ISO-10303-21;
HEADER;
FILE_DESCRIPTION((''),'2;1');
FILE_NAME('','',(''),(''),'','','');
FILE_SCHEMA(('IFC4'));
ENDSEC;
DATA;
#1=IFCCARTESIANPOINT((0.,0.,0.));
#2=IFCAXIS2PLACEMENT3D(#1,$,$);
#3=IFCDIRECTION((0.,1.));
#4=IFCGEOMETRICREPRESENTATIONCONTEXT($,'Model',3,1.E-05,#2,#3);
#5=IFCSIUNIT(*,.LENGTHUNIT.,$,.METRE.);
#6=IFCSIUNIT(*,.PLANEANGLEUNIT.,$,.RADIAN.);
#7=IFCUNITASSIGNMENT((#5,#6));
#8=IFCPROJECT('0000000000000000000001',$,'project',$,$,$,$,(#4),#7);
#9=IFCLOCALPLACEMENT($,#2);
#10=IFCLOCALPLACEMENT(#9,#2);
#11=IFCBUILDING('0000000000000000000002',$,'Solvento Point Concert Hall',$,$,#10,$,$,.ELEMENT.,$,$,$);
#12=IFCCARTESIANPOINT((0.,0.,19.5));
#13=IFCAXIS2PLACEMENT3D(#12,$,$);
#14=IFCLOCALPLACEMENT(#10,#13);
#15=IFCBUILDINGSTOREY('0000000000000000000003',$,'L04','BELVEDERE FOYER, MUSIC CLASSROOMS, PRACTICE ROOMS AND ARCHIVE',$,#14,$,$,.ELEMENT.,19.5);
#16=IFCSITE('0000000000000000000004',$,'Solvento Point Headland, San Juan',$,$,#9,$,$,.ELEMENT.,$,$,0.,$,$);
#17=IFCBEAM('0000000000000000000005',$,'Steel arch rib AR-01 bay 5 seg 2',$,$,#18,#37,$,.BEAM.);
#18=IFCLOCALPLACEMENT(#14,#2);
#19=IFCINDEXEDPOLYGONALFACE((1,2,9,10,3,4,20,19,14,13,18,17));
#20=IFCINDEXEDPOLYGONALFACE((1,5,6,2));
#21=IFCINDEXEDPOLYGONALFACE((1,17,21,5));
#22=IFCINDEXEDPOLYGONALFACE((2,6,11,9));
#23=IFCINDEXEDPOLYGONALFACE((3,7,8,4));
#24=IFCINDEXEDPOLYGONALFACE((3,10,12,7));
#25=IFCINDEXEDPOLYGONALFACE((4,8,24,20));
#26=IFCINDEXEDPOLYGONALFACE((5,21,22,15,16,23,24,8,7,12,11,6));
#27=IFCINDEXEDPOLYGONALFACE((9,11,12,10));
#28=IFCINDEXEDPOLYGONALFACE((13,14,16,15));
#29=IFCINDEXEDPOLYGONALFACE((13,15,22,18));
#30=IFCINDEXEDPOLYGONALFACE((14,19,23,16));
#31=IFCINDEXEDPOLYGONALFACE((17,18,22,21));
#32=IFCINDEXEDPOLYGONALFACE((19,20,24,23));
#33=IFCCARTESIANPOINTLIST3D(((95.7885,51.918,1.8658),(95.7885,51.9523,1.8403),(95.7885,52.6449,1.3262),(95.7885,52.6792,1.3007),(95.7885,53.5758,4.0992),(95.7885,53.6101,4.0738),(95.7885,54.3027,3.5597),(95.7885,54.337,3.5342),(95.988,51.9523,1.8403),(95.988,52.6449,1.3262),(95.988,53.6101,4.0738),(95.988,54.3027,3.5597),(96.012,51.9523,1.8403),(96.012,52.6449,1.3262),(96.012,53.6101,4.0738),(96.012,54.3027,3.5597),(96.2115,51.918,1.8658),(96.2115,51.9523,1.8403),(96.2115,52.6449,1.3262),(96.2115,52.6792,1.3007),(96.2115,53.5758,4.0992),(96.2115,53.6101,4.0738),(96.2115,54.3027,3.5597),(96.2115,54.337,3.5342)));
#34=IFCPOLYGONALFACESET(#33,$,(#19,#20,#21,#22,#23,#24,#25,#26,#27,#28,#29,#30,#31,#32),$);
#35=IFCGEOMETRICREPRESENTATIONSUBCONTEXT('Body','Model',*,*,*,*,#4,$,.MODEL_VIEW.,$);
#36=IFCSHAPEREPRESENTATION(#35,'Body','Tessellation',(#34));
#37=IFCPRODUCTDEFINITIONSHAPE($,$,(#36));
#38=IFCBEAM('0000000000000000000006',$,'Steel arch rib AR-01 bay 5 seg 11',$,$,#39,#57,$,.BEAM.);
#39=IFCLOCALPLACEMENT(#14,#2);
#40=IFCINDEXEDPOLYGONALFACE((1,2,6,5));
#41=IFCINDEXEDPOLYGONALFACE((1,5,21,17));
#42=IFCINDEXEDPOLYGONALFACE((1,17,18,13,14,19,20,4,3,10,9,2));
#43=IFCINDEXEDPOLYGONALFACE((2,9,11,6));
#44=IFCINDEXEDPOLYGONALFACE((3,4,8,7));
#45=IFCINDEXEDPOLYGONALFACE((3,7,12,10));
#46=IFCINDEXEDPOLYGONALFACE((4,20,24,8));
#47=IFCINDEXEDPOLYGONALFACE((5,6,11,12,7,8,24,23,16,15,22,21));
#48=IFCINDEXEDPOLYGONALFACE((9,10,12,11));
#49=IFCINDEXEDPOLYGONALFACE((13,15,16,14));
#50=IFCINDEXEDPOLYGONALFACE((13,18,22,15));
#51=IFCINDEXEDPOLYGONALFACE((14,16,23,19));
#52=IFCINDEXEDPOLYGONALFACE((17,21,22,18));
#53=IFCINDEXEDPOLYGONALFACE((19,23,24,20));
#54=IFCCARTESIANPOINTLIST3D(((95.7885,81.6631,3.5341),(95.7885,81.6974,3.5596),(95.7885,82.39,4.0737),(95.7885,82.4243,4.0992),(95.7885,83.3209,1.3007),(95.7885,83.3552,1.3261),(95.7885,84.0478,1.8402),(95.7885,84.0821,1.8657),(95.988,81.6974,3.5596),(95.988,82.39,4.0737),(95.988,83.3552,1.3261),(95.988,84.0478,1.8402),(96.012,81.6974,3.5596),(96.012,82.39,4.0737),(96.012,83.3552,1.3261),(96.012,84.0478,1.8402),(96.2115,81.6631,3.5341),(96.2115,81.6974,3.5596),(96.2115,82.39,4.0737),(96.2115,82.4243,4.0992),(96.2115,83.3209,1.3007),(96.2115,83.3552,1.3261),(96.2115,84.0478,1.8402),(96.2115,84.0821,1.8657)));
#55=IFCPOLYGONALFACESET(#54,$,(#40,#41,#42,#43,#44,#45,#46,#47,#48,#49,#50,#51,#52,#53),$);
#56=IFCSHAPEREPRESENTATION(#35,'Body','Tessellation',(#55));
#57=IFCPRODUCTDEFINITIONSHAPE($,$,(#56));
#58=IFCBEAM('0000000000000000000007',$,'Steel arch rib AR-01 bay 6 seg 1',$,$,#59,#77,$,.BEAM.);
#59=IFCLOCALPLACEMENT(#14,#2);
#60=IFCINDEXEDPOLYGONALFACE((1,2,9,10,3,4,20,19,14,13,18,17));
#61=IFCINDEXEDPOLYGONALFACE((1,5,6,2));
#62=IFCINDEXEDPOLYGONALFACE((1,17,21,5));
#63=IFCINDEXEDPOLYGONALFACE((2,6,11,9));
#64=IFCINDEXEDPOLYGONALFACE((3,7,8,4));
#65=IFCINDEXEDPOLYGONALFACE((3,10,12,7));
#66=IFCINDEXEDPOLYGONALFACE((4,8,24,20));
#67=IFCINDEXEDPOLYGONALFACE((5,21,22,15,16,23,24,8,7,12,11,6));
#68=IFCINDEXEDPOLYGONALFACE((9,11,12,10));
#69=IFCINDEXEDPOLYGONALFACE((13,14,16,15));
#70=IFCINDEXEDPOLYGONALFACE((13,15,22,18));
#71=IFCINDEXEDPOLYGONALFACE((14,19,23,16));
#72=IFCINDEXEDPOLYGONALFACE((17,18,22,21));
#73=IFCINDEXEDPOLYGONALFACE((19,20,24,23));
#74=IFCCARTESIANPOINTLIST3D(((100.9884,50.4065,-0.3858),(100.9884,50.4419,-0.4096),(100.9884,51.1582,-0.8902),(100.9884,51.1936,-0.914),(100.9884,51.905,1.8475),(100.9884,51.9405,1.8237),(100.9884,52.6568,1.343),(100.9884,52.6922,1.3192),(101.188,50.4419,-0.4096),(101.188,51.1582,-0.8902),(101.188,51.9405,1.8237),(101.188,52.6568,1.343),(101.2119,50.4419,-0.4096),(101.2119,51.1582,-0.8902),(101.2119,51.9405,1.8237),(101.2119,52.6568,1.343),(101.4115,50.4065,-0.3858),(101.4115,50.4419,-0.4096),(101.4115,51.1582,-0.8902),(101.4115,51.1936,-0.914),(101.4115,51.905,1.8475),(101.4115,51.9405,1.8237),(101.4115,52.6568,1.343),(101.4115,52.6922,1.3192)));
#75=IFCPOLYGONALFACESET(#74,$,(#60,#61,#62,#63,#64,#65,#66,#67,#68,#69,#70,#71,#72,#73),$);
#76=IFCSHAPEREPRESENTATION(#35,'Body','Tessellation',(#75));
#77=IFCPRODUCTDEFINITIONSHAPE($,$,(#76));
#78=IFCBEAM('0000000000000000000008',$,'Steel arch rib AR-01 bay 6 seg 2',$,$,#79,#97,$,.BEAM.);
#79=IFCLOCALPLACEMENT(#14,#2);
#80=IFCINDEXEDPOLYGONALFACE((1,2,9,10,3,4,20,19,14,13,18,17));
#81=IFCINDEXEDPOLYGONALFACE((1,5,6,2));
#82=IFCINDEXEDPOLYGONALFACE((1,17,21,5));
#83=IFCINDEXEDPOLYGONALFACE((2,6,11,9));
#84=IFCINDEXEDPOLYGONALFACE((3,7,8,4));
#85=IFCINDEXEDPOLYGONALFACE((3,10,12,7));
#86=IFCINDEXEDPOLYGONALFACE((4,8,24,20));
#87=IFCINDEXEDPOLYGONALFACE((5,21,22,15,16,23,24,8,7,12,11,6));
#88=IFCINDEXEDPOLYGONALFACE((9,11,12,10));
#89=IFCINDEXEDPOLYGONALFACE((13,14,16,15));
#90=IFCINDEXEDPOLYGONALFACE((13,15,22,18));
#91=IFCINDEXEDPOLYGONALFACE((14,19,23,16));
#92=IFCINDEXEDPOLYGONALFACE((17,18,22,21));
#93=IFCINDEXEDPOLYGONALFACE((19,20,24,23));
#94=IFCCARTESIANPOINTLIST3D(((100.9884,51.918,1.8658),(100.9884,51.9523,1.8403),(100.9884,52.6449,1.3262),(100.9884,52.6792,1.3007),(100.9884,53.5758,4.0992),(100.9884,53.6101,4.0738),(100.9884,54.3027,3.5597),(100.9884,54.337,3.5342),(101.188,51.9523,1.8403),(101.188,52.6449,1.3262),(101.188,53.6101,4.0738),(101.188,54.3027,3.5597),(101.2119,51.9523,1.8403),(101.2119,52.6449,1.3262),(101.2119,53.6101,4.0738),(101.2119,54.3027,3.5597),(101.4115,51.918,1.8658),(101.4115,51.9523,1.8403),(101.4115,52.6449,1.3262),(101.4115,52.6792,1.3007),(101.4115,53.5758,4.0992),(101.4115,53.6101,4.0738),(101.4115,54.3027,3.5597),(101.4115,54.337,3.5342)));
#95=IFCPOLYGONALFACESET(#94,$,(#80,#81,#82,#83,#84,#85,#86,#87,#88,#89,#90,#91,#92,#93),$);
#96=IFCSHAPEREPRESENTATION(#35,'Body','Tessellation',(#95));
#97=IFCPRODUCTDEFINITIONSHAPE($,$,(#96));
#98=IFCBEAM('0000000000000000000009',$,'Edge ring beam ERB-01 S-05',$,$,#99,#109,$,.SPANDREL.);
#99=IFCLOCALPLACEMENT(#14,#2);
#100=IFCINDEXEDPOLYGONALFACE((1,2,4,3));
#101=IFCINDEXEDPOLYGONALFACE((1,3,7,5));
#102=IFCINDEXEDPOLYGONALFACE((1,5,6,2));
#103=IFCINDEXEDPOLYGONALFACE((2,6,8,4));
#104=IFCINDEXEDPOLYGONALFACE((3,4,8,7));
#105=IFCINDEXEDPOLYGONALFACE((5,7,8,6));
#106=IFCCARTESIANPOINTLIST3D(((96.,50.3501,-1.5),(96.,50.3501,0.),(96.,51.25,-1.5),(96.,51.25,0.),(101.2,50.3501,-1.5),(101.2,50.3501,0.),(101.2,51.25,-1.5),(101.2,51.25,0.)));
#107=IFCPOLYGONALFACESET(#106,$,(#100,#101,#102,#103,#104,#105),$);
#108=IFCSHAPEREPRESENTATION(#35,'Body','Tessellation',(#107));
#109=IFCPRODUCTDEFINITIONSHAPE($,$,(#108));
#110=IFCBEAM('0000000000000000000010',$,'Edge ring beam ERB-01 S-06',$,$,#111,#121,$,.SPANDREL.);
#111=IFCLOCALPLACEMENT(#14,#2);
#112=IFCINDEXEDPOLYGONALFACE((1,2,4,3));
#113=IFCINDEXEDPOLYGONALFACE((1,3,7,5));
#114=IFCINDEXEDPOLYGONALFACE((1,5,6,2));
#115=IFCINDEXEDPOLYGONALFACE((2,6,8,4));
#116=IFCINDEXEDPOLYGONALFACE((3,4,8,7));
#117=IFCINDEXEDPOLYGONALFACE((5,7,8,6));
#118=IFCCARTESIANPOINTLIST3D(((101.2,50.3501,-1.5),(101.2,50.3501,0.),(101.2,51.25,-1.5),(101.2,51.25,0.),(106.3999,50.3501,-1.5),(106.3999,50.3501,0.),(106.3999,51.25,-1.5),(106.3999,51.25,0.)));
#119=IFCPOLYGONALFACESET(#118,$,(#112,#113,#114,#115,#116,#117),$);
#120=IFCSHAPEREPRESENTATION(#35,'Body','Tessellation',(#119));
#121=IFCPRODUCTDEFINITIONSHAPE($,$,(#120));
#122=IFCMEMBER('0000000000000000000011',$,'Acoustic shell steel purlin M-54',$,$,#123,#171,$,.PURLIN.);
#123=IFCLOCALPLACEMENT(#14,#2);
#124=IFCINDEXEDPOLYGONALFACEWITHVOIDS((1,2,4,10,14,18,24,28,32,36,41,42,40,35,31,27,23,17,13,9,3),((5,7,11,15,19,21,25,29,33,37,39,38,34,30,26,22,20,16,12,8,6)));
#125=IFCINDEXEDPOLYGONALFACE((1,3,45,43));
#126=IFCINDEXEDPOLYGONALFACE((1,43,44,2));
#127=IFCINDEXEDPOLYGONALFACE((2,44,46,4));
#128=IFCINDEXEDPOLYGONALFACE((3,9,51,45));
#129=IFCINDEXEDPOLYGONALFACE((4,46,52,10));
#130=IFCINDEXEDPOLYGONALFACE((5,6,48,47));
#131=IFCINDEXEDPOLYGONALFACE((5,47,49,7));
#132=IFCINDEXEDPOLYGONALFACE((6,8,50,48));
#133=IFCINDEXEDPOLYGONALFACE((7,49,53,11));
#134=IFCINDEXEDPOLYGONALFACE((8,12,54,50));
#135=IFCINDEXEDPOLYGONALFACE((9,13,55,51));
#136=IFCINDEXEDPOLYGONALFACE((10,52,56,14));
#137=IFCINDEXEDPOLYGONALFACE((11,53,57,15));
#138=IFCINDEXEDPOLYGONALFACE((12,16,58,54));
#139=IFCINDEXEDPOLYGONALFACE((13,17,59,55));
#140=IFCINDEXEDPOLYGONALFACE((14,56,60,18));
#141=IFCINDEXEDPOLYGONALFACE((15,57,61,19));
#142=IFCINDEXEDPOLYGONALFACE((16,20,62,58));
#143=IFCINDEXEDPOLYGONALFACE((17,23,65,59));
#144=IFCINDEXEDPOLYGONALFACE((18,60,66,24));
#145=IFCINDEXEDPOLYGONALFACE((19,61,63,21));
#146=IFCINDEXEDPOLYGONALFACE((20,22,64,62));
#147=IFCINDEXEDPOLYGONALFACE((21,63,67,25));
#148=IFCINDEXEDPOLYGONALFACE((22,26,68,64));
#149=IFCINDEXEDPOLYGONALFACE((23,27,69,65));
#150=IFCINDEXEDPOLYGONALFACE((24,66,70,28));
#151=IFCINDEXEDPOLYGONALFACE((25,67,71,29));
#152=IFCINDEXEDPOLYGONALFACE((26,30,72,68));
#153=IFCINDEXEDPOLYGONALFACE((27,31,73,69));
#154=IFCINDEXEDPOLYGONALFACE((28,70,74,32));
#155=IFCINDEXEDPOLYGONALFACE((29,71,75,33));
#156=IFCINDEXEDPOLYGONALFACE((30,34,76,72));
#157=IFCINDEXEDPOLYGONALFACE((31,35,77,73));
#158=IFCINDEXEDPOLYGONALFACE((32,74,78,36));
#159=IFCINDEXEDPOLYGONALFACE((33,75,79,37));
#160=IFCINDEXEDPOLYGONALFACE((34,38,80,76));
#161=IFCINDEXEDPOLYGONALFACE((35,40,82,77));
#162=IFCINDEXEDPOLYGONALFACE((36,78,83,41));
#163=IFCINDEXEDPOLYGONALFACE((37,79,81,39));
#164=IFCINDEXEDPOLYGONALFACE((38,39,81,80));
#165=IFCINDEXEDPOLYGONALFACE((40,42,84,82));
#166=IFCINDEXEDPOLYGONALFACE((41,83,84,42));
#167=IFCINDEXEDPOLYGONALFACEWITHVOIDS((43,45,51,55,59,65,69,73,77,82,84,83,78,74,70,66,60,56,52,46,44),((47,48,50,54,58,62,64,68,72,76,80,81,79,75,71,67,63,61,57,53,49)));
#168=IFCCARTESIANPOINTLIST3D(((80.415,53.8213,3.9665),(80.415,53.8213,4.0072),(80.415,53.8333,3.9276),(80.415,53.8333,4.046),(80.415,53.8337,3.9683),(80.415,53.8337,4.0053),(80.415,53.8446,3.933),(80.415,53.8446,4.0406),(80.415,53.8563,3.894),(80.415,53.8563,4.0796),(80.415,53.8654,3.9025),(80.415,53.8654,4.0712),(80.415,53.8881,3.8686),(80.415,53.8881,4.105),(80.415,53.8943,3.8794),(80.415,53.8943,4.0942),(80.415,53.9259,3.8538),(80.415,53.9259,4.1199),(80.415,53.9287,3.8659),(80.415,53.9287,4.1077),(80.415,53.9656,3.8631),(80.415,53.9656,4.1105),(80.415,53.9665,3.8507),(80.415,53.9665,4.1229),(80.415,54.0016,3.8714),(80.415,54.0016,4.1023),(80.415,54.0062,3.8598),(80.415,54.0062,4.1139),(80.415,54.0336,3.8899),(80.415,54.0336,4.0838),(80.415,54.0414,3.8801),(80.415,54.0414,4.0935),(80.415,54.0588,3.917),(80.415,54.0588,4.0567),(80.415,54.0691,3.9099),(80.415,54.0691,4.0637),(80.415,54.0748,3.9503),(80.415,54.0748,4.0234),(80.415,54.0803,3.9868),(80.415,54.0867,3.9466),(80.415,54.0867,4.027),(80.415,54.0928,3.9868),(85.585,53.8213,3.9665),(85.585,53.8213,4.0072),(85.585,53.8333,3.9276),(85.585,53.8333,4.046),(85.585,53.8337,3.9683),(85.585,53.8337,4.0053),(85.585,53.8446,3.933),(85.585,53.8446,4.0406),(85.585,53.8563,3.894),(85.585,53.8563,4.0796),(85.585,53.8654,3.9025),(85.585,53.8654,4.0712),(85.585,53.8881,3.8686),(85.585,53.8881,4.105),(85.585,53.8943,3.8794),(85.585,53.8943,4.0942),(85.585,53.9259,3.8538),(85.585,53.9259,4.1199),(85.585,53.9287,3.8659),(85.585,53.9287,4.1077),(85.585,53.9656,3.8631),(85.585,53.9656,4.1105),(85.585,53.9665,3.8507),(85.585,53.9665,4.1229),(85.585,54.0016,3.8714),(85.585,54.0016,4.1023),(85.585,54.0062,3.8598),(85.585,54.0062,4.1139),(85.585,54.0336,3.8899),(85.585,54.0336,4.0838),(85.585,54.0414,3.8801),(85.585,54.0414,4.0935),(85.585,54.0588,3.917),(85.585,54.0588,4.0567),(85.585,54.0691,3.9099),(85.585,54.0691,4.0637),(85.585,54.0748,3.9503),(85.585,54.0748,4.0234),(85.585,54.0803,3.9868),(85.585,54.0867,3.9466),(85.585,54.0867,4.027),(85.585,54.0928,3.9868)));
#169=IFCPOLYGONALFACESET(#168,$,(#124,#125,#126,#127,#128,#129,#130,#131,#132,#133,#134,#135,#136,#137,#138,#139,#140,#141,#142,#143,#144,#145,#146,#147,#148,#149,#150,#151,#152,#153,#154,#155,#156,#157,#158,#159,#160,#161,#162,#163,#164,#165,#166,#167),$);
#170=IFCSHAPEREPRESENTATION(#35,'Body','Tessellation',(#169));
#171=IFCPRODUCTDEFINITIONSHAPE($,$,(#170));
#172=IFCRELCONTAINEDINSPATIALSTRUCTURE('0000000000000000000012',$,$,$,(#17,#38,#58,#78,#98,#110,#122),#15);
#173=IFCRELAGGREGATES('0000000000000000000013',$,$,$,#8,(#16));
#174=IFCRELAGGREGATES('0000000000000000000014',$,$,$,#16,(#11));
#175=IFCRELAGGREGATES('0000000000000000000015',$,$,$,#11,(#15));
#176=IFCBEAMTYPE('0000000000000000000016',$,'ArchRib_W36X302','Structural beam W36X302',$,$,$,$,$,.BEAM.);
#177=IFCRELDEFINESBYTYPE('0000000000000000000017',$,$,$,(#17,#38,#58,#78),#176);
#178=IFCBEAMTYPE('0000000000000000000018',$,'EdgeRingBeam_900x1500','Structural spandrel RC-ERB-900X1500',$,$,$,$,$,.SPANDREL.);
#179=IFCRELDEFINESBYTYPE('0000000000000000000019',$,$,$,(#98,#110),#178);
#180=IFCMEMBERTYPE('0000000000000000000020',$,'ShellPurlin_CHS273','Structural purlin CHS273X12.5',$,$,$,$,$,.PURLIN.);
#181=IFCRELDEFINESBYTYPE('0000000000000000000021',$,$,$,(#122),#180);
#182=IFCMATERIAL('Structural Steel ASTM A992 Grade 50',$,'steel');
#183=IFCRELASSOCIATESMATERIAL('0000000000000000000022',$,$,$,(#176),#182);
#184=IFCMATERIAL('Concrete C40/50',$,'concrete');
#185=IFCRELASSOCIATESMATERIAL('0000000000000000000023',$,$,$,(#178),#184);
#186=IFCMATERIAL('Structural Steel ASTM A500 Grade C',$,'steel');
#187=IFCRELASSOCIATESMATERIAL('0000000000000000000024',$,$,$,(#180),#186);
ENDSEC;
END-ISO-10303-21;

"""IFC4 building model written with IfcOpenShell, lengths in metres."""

from ifc_helpers import new_model, si_unit, direction, frame, origin, origin_2d, place, context, subcontext, project, spatial, rectangle, hollow_circle, i_section, extrude, material, material_profile, profile_set, type_object, element, save


model = new_model("IFC4")

# Units and contexts
model_context = context("Model", 3, precision=1e-05, world=origin(), true_north=direction((0.0, 1.0)))
body_context = subcontext(model_context, "Body", "Model", "MODEL_VIEW")
ifc_project = project(units=[si_unit("LENGTHUNIT", "METRE"), si_unit("PLANEANGLEUNIT", "RADIAN")], contexts=[model_context])

# Site, building, storey
site_placement = place(None, origin())
site = spatial("IfcSite", under=ifc_project, at=site_placement, Name="Solvento Point Headland, San Juan", CompositionType="ELEMENT", RefElevation=0.0)
building_placement = place(site_placement, origin())
building = spatial("IfcBuilding", under=site, at=building_placement, Name="Solvento Point Concert Hall", CompositionType="ELEMENT")
storey_placement = place(building_placement, frame((0.0, 0.0, 19.5)))
storey = spatial("IfcBuildingStorey", under=building, at=storey_placement, Name="L04", Description="BELVEDERE FOYER, MUSIC CLASSROOMS, PRACTICE ROOMS AND ARCHIVE", CompositionType="ELEMENT", Elevation=19.5)

# Beams
ifc_material_1 = material(Name="Structural Steel ASTM A992 Grade 50", Category="steel")
ifc_material_profile_1 = material_profile(ifc_material_1, i_section(OverallWidth=0.4231, OverallDepth=0.948, WebThickness=0.0239, FlangeThickness=0.0427, at=origin_2d()), Name="W36X302")
ifc_profile_set_1 = profile_set([ifc_material_profile_1], Name="Structural Steel ASTM A992 Grade 50")
beam_type_1 = type_object("IfcBeamType", Name="ArchRib_W36X302", Description="Structural beam W36X302", PredefinedType="BEAM", material=ifc_profile_set_1)
for number, where, z_axis, x_axis, name in (
    (1, (96.0, 52.2986, 1.5833), (0.0, 0.596004, 0.802981), (-1.0, 0.0, 0.0), "Steel arch rib AR-01 bay 5 seg 2"),
    (2, (96.0, 82.0437, 3.8167), (0.0, 0.596004, -0.802981), (-1.0, 0.0, 0.0), "Steel arch rib AR-01 bay 5 seg 11"),
):
    element("IfcBeam", number, at=place(storey_placement, frame(where, z_axis=z_axis, x_axis=x_axis)), inside=storey, type_object=beam_type_1, Name=name, PredefinedType="BEAM", context=body_context, shape_type="SweptSolid", body=[
        extrude(i_section(OverallWidth=0.4231, OverallDepth=0.948, WebThickness=0.0239, FlangeThickness=0.0427, at=origin_2d()), origin(), (0.0, 0.0, 1.0), 2.7815),
    ])
beam_1_placement = place(storey_placement, frame((101.2, 50.8, -0.6499), z_axis=(0.0, 0.557212, 0.830371), x_axis=(-1.0, 0.0, 0.0)))
element("IfcBeam", 3, at=beam_1_placement, inside=storey, type_object=beam_type_1, Name="Steel arch rib AR-01 bay 6 seg 1", PredefinedType="BEAM", context=body_context, shape_type="SweptSolid", body=[
    extrude(i_section(OverallWidth=0.4231, OverallDepth=0.948, WebThickness=0.0239, FlangeThickness=0.0427, at=origin_2d()), origin(), (0.0, 0.0, 1.0), 2.6895),
])
beam_2_placement = place(storey_placement, frame((101.2, 52.2986, 1.5833), z_axis=(0.0, 0.596004, 0.802981), x_axis=(-1.0, 0.0, 0.0)))
element("IfcBeam", 4, at=beam_2_placement, inside=storey, type_object=beam_type_1, Name="Steel arch rib AR-01 bay 6 seg 2", PredefinedType="BEAM", context=body_context, shape_type="SweptSolid", body=[
    extrude(i_section(OverallWidth=0.4231, OverallDepth=0.948, WebThickness=0.0239, FlangeThickness=0.0427, at=origin_2d()), origin(), (0.0, 0.0, 1.0), 2.7815),
])
ifc_material_2 = material(Name="Concrete C40/50", Category="concrete")
ifc_material_profile_2 = material_profile(ifc_material_2, rectangle(XDim=0.8999, YDim=1.5, at=origin_2d()), Name="RC-ERB-900X1500")
ifc_profile_set_2 = profile_set([ifc_material_profile_2], Name="Concrete C40/50")
beam_type_2 = type_object("IfcBeamType", Name="EdgeRingBeam_900x1500", Description="Structural spandrel RC-ERB-900X1500", PredefinedType="SPANDREL", material=ifc_profile_set_2)
for number, where, z_axis, x_axis, name in (
    (5, (96.0, 50.8, -0.75), (1.0, 0.0, 0.0), (0.0, 1.0, 0.0), "Edge ring beam ERB-01 S-05"),
    (6, (101.2, 50.8, -0.75), (1.0, 0.0, 0.0), (0.0, 1.0, 0.0), "Edge ring beam ERB-01 S-06"),
):
    element("IfcBeam", number, at=place(storey_placement, frame(where, z_axis=z_axis, x_axis=x_axis)), inside=storey, type_object=beam_type_2, Name=name, PredefinedType="SPANDREL", context=body_context, shape_type="SweptSolid", body=[
        extrude(rectangle(XDim=0.8999, YDim=1.5, at=origin_2d()), origin(), (0.0, 0.0, 1.0), 5.2),
    ])

# Member
ifc_material_3 = material(Name="Structural Steel ASTM A500 Grade C", Category="steel")
ifc_material_profile_3 = material_profile(ifc_material_3, hollow_circle(Radius=0.1365, WallThickness=0.0125, at=origin_2d()), Name="CHS273X12.5")
ifc_profile_set_3 = profile_set([ifc_material_profile_3], Name="Structural Steel ASTM A500 Grade C")
member_type_1 = type_object("IfcMemberType", Name="ShellPurlin_CHS273", Description="Structural purlin CHS273X12.5", PredefinedType="PURLIN", material=ifc_profile_set_3)
for number, where, z_axis, x_axis, name in (
    (7, (80.415, 53.9563, 3.9868), (1.0, 0.0, 0.0), (0.0, 1.0, 0.0), "Acoustic shell steel purlin M-54"),
):
    element("IfcMember", number, at=place(storey_placement, frame(where, z_axis=z_axis, x_axis=x_axis)), inside=storey, type_object=member_type_1, Name=name, PredefinedType="PURLIN", context=body_context, shape_type="SweptSolid", body=[
        extrude(hollow_circle(Radius=0.1365, WallThickness=0.0125, at=origin_2d()), origin(), (0.0, 0.0, 1.0), 5.1699),
    ])

save(model, "model.ifc")
